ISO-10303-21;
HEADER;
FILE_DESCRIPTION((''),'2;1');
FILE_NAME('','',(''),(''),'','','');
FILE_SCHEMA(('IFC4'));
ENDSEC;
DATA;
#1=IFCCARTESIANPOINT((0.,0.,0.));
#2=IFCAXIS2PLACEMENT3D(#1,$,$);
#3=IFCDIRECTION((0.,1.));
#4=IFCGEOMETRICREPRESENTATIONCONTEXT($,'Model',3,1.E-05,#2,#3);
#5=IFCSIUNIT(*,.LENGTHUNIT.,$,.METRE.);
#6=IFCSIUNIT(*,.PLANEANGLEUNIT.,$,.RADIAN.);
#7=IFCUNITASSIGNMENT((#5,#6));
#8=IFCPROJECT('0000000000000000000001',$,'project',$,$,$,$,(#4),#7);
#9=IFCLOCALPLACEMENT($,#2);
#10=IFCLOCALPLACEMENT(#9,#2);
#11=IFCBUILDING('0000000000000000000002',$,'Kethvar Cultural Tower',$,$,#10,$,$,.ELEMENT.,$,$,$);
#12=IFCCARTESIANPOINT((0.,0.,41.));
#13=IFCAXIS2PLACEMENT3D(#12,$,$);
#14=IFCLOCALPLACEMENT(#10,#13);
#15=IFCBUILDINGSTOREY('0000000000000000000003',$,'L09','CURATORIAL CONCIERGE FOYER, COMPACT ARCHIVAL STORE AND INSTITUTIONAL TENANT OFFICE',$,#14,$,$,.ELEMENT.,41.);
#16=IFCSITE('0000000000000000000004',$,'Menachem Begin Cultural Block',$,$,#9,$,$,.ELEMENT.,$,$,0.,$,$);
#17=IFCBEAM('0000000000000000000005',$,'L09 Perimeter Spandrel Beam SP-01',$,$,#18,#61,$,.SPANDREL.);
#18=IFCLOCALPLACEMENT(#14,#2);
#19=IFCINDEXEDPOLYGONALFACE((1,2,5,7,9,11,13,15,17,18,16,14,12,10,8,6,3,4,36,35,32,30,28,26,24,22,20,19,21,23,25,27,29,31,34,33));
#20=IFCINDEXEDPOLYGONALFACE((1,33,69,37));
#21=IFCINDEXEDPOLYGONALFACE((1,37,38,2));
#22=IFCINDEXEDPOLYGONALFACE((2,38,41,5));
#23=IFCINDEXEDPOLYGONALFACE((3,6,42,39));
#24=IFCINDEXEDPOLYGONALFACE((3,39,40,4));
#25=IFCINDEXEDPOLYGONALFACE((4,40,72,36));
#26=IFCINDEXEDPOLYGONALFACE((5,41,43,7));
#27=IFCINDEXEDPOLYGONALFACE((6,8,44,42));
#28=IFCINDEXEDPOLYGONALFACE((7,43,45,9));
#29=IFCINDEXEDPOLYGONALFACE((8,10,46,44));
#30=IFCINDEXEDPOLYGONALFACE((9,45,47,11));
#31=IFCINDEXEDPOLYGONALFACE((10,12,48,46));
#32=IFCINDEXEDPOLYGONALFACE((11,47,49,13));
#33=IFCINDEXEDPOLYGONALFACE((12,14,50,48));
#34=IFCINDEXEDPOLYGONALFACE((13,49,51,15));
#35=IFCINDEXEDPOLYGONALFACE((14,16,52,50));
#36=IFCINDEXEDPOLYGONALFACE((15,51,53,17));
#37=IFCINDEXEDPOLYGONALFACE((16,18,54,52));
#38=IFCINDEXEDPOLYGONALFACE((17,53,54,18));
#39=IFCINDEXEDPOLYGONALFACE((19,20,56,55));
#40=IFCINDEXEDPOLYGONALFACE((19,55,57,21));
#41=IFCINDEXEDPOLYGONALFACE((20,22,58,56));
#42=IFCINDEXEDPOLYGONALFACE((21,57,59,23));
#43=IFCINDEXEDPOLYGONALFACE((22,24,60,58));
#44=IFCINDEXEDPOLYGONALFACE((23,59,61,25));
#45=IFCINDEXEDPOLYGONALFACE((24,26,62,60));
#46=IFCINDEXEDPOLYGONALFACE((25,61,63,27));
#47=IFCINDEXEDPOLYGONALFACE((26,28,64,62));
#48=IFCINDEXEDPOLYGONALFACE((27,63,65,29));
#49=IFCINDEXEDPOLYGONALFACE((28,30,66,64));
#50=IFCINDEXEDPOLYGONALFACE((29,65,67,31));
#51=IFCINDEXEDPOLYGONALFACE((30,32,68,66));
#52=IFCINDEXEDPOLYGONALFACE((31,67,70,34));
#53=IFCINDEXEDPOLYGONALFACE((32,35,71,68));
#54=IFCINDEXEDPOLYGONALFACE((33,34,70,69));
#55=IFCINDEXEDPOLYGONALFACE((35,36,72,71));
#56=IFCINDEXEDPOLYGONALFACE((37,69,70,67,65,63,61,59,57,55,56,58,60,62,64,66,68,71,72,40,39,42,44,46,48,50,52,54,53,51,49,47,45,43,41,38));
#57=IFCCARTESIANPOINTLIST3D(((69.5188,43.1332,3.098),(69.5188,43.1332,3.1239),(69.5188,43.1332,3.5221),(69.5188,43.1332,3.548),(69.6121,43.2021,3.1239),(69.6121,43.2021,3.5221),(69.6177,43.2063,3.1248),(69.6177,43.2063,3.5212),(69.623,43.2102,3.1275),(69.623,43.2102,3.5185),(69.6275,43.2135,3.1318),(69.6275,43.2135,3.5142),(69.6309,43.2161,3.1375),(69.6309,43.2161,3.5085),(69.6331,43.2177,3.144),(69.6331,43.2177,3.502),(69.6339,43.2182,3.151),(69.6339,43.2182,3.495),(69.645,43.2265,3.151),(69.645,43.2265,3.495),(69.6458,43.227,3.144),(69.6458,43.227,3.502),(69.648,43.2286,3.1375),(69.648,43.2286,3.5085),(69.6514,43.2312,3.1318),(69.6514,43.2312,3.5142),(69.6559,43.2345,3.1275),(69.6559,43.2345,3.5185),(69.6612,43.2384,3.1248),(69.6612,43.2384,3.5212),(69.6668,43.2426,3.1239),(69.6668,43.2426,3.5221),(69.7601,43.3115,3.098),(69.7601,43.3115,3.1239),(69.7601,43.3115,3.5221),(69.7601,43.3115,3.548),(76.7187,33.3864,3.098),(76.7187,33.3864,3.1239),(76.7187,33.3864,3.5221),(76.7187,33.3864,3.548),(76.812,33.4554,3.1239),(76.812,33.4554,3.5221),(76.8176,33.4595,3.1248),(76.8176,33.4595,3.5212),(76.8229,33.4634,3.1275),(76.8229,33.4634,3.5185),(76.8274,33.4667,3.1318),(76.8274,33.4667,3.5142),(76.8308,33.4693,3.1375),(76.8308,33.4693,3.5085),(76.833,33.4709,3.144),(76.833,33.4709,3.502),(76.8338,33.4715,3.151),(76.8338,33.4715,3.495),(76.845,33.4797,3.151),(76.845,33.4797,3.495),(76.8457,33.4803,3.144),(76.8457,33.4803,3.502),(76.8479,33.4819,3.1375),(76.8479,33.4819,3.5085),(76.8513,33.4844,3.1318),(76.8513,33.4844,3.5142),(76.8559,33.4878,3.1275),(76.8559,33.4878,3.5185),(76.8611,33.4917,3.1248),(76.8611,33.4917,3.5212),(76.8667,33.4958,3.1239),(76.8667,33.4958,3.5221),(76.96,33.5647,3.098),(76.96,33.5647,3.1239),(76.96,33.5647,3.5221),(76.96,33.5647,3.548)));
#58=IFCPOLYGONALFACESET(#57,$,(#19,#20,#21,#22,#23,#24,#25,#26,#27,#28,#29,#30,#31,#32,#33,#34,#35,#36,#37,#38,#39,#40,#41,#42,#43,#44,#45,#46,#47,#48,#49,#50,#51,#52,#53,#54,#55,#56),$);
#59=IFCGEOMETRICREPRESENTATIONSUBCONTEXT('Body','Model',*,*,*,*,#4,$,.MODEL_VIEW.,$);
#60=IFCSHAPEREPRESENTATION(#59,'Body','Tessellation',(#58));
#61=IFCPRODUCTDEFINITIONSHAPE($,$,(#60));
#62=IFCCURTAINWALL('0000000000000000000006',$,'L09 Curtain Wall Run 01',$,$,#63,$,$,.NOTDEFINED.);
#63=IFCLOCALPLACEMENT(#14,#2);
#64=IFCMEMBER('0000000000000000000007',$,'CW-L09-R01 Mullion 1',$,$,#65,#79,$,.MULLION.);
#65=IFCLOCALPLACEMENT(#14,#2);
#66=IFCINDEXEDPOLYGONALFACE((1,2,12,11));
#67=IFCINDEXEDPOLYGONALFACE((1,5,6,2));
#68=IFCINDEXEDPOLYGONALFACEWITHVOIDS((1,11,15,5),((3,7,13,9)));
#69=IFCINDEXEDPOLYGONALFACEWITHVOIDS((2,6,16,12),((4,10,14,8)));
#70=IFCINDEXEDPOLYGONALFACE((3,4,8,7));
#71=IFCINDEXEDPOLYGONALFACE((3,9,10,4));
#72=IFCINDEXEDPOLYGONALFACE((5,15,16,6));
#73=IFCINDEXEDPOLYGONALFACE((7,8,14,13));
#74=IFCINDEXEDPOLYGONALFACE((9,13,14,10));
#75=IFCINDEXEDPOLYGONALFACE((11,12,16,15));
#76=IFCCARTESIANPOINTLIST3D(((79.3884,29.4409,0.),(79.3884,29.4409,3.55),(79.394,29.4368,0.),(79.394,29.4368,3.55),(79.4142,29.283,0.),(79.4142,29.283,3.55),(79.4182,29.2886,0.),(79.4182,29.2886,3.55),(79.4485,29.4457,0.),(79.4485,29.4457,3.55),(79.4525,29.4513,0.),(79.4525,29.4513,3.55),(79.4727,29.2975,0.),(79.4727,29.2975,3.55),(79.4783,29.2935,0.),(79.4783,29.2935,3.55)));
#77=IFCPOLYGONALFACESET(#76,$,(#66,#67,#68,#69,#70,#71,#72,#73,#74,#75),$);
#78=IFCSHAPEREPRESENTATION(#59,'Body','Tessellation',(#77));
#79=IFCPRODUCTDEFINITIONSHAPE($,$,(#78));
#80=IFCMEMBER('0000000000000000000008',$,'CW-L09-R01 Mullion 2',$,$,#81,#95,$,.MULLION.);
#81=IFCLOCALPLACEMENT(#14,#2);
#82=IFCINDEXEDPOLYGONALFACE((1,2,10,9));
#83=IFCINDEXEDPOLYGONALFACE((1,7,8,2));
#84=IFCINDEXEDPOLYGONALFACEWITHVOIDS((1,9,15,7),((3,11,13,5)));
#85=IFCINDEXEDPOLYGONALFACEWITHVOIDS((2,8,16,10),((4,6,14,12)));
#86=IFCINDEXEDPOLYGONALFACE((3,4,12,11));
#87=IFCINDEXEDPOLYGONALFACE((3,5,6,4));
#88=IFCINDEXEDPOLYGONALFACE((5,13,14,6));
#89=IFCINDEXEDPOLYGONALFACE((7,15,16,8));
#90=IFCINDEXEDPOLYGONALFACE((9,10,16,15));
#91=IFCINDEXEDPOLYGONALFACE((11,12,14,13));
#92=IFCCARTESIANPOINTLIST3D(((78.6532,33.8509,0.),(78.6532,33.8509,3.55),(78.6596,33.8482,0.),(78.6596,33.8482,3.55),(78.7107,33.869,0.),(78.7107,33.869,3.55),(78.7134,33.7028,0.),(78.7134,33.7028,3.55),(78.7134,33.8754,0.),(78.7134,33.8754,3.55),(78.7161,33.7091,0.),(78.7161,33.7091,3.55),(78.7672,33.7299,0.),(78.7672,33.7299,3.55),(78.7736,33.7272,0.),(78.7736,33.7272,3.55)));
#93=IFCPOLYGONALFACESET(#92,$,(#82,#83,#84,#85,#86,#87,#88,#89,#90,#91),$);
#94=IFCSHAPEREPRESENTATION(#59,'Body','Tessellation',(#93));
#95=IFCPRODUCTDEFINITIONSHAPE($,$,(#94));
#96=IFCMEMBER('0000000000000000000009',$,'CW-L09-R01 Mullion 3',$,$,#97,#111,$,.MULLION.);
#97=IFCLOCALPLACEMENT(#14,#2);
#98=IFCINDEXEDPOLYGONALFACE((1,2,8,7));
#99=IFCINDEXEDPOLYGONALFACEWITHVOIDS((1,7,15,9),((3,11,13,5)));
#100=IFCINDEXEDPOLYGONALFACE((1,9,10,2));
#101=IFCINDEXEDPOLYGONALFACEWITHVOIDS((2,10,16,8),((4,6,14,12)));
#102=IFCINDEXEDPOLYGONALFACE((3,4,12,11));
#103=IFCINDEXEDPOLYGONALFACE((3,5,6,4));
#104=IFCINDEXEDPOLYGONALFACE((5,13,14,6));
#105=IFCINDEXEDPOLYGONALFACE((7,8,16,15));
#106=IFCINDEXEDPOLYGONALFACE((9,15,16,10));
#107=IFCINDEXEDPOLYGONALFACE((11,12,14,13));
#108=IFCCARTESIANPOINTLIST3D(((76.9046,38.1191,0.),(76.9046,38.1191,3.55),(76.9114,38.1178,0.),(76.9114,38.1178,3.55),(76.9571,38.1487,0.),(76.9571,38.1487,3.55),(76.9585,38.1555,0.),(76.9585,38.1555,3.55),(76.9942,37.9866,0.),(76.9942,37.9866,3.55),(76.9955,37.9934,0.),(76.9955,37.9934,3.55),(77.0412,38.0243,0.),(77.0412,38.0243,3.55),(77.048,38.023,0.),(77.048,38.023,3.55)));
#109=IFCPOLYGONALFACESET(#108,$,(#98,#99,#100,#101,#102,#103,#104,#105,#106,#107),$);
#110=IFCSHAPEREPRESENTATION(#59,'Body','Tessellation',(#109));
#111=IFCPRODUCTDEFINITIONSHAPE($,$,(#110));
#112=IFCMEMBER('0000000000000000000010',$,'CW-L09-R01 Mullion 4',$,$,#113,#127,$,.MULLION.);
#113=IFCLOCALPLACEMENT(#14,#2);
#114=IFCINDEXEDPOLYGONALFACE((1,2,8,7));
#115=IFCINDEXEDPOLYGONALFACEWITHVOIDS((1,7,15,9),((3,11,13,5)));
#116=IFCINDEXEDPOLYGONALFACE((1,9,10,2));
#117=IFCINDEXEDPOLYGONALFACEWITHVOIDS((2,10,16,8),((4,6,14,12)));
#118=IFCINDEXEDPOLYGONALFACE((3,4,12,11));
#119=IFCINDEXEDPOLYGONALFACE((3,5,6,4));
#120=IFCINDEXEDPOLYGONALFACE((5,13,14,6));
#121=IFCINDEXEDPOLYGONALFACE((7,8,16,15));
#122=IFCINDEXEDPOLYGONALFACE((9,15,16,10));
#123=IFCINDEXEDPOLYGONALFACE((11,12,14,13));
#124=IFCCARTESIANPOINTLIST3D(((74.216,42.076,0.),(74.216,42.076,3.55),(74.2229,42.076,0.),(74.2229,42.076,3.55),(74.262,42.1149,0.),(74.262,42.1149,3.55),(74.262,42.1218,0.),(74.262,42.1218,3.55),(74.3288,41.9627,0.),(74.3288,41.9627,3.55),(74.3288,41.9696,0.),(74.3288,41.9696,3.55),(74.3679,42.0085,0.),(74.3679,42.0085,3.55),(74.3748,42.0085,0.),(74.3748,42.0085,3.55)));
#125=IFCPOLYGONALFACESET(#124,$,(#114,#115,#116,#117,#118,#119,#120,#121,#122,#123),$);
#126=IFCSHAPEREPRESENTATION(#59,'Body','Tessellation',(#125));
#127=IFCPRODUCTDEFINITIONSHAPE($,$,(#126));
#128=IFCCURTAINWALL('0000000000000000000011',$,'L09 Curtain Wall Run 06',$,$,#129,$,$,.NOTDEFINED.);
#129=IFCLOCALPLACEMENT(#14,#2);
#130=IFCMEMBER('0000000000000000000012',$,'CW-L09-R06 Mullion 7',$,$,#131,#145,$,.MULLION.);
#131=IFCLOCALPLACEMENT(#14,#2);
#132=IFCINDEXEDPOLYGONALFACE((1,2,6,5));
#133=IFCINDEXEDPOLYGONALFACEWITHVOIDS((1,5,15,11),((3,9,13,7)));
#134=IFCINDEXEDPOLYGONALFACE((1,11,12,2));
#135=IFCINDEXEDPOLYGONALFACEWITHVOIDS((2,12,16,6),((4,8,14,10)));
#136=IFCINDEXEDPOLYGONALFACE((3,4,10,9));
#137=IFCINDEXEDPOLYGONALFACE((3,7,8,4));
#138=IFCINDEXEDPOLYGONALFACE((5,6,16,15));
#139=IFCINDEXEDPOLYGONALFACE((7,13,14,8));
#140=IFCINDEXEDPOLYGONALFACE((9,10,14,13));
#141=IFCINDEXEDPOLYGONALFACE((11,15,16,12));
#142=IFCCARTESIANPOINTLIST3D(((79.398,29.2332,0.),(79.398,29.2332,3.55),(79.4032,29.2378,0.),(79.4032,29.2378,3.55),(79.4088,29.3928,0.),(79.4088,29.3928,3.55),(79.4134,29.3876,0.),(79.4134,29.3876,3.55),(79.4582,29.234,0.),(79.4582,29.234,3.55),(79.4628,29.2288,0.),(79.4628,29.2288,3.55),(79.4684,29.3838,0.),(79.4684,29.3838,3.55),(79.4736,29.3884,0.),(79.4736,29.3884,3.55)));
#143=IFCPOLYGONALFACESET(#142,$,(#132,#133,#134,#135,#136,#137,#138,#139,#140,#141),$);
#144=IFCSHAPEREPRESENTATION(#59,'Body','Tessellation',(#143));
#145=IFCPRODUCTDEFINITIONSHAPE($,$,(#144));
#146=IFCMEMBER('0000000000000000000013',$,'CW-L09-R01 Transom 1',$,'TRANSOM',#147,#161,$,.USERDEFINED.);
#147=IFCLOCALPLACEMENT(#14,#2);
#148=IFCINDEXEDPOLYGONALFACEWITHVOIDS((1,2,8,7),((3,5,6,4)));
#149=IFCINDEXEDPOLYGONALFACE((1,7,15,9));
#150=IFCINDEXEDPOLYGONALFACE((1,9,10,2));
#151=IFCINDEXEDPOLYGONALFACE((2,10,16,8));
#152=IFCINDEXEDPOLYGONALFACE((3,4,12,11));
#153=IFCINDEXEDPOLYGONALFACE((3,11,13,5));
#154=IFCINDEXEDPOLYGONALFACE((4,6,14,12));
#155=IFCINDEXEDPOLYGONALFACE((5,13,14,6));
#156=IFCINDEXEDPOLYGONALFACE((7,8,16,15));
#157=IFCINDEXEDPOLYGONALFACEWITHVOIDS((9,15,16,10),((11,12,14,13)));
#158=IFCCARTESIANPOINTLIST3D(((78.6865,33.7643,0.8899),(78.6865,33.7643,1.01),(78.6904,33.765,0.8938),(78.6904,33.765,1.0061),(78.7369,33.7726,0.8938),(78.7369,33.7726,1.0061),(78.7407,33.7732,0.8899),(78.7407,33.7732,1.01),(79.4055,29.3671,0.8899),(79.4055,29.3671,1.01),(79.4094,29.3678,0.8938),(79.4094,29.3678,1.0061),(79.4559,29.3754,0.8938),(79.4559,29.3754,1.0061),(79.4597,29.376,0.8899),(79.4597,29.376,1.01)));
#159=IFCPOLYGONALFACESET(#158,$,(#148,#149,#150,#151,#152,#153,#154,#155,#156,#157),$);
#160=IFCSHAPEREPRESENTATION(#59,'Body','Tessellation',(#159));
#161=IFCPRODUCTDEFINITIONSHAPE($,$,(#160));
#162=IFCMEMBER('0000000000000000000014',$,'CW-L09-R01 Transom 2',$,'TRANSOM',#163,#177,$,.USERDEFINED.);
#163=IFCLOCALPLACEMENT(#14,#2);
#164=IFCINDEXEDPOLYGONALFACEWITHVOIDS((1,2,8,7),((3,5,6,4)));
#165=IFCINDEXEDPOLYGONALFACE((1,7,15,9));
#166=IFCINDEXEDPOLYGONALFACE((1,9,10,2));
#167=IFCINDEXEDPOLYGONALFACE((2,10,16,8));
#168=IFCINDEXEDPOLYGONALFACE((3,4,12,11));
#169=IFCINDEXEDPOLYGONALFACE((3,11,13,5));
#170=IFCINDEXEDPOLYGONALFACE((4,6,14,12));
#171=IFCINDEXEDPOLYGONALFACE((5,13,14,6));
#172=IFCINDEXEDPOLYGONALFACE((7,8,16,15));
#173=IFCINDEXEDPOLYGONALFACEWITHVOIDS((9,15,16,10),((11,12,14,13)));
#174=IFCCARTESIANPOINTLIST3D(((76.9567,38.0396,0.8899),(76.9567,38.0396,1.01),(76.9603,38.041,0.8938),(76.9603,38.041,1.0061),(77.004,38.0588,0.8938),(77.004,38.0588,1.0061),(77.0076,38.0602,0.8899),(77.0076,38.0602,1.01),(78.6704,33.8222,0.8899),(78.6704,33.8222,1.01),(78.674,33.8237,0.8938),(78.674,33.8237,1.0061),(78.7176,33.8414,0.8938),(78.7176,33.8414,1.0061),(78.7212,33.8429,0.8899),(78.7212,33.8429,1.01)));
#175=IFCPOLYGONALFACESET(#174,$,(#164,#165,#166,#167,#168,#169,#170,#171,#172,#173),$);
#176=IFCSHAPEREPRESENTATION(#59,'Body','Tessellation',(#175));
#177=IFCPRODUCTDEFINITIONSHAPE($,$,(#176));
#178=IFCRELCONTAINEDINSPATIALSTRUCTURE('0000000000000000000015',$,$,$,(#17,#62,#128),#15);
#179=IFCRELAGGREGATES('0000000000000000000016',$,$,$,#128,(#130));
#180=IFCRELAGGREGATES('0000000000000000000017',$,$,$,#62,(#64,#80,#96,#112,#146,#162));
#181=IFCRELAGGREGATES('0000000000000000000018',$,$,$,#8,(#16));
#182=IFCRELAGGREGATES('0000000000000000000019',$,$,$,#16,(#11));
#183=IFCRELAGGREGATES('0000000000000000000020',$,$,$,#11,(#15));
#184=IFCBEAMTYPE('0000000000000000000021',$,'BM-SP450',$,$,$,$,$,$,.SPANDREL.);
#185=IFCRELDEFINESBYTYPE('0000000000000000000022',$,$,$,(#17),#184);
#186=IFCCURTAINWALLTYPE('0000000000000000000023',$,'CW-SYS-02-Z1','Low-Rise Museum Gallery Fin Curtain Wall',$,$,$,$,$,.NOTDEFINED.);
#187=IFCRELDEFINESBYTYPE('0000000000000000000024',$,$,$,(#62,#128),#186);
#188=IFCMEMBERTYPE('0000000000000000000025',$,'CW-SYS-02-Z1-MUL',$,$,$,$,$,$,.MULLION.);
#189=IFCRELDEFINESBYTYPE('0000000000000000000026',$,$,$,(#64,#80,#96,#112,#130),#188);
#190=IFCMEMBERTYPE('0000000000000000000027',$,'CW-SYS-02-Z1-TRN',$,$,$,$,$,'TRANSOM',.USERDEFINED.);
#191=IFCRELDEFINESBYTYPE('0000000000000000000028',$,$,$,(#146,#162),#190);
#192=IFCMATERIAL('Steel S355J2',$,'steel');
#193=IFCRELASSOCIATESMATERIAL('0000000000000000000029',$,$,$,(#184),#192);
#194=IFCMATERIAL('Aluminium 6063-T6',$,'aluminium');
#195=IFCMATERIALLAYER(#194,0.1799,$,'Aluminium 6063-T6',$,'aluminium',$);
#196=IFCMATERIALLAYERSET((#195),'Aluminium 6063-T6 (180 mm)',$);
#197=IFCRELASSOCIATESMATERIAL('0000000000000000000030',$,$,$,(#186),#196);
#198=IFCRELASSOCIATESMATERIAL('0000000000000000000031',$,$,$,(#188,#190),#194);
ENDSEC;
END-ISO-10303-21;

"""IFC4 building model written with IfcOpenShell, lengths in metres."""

from ifc_helpers import new_model, si_unit, direction, frame, origin, origin_2d, place, context, subcontext, project, spatial, hollow_rectangle, i_section, extrude, source, transform, mapped, material, layer, layer_set, material_profile, profile_set, type_object, element, aggregate, save


model = new_model("IFC4")

# Units and contexts
model_context = context("Model", 3, precision=1e-05, world=origin(), true_north=direction((0.0, 1.0)))
body_context = subcontext(model_context, "Body", "Model", "MODEL_VIEW")
ifc_project = project(units=[si_unit("LENGTHUNIT", "METRE"), si_unit("PLANEANGLEUNIT", "RADIAN")], contexts=[model_context])

# Site, building, storey
site_placement = place(None, origin())
site = spatial("IfcSite", under=ifc_project, at=site_placement, Name="Menachem Begin Cultural Block", CompositionType="ELEMENT", RefElevation=0.0)
building_placement = place(site_placement, origin())
building = spatial("IfcBuilding", under=site, at=building_placement, Name="Kethvar Cultural Tower", CompositionType="ELEMENT")
storey_placement = place(building_placement, frame((0.0, 0.0, 41.0)))
storey = spatial("IfcBuildingStorey", under=building, at=storey_placement, Name="L09", Description="CURATORIAL CONCIERGE FOYER, COMPACT ARCHIVAL STORE AND INSTITUTIONAL TENANT OFFICE", CompositionType="ELEMENT", Elevation=41.0)

# Beam
ifc_material_1 = material(Name="Steel S355J2", Category="steel")
ifc_material_profile_1 = material_profile(ifc_material_1, i_section(OverallWidth=0.3, OverallDepth=0.45, WebThickness=0.0139, FlangeThickness=0.0259, FilletRadius=0.0271, at=origin_2d()), Name="Steel S355J2 — HEB450")
ifc_profile_set_1 = profile_set([ifc_material_profile_1], Name="Steel S355J2 — HEB450")
beam_type_1 = type_object("IfcBeamType", Name="BM-SP450", PredefinedType="SPANDREL", material=ifc_profile_set_1)
shared_shape_1 = source(origin(), body_context, "Body", "SweptSolid", [
    extrude(i_section(OverallWidth=0.3, OverallDepth=0.45, WebThickness=0.0139, FlangeThickness=0.0259, FilletRadius=0.0271, at=origin_2d()), origin(), (0.0, 0.0, 1.0), 12.1177),
])
beam_1_placement = place(storey_placement, frame((76.8394, 33.4756, 3.323), z_axis=(-0.594166, 0.804343, 0.0), x_axis=(-0.804343, -0.594166, 0.0)))
element("IfcBeam", 1, at=beam_1_placement, inside=storey, type_object=beam_type_1, Name="L09 Perimeter Spandrel Beam SP-01", PredefinedType="SPANDREL", context=body_context, shape_type="MappedRepresentation", body=[
    mapped(shared_shape_1, transform((0.0, 0.0, 0.0), scale=1.0)),
])

# Curtain wall, members
ifc_material_2 = material(Name="Aluminium 6063-T6", Category="aluminium")
ifc_layer_1 = layer(ifc_material_2, 0.1799, Name="Aluminium 6063-T6", Category="aluminium")
ifc_layer_set_1 = layer_set([ifc_layer_1], Name="Aluminium 6063-T6 (180 mm)")
curtain_wall_type = type_object("IfcCurtainWallType", Name="CW-SYS-02-Z1", Description="Low-Rise Museum Gallery Fin Curtain Wall", PredefinedType="NOTDEFINED", material=ifc_layer_set_1)
curtain_wall_1_placement = place(storey_placement, origin())
curtain_wall_1 = element("IfcCurtainWall", 2, at=curtain_wall_1_placement, inside=storey, type_object=curtain_wall_type, Name="L09 Curtain Wall Run 01", PredefinedType="NOTDEFINED")
ifc_material_profile_2 = material_profile(ifc_material_2, hollow_rectangle(XDim=0.0649, YDim=0.1599, WallThickness=0.0049, at=origin_2d()), Name="Aluminium 6063-T6 — RHS160x65x5")
ifc_profile_set_2 = profile_set([ifc_material_profile_2], Name="Aluminium 6063-T6 — RHS160x65x5")
member_type_1 = type_object("IfcMemberType", Name="CW-SYS-02-Z1-MUL", PredefinedType="MULLION", material=ifc_profile_set_2)
shared_shape_2 = source(origin(), body_context, "Body", "SweptSolid", [
    extrude(hollow_rectangle(XDim=0.0649, YDim=0.1599, WallThickness=0.0049, at=origin_2d()), origin(), (0.0, 0.0, 1.0), 3.55),
])
member_1_placement = place(storey_placement, frame((79.4333, 29.3672, 0.0), z_axis=(0.0, 0.0, 1.0), x_axis=(-0.986895, -0.161363, 0.0)))
member_1 = element("IfcMember", 3, at=member_1_placement, type_object=member_type_1, Name="CW-L09-R01 Mullion 1", PredefinedType="MULLION", context=body_context, shape_type="MappedRepresentation", body=[
    mapped(shared_shape_2, transform((0.0, 0.0, 0.0), scale=1.0)),
])
member_2_placement = place(storey_placement, frame((78.7134, 33.7891, 0.0), z_axis=(0.0, 0.0, 1.0), x_axis=(-0.926456, -0.376402, 0.0)))
member_2 = element("IfcMember", 4, at=member_2_placement, type_object=member_type_1, Name="CW-L09-R01 Mullion 2", PredefinedType="MULLION", context=body_context, shape_type="MappedRepresentation", body=[
    mapped(shared_shape_2, transform((0.0, 0.0, 0.0), scale=1.0)),
])
member_3_placement = place(storey_placement, frame((76.9763, 38.071, 0.0), z_axis=(0.0, 0.0, 1.0), x_axis=(-0.828569, -0.559887, 0.0)))
member_3 = element("IfcMember", 5, at=member_3_placement, type_object=member_type_1, Name="CW-L09-R01 Mullion 3", PredefinedType="MULLION", context=body_context, shape_type="MappedRepresentation", body=[
    mapped(shared_shape_2, transform((0.0, 0.0, 0.0), scale=1.0)),
])
member_4_placement = place(storey_placement, frame((74.2954, 42.0422, 0.0), z_axis=(0.0, 0.0, 1.0), x_axis=(-0.708537, -0.705674, 0.0)))
member_4 = element("IfcMember", 6, at=member_4_placement, type_object=member_type_1, Name="CW-L09-R01 Mullion 4", PredefinedType="MULLION", context=body_context, shape_type="MappedRepresentation", body=[
    mapped(shared_shape_2, transform((0.0, 0.0, 0.0), scale=1.0)),
])

# Curtain wall, member
curtain_wall_2_placement = place(storey_placement, origin())
curtain_wall_2 = element("IfcCurtainWall", 7, at=curtain_wall_2_placement, inside=storey, type_object=curtain_wall_type, Name="L09 Curtain Wall Run 06", PredefinedType="NOTDEFINED")
member_5_placement = place(storey_placement, frame((79.4358, 29.3108, 0.0), z_axis=(0.0, 0.0, 1.0), x_axis=(-0.997702, 0.067754, 0.0)))
member_5 = element("IfcMember", 8, at=member_5_placement, type_object=member_type_1, Name="CW-L09-R06 Mullion 7", PredefinedType="MULLION", context=body_context, shape_type="MappedRepresentation", body=[
    mapped(shared_shape_2, transform((0.0, 0.0, 0.0), scale=1.0)),
])
aggregate(curtain_wall_2, [member_5])

# Members
ifc_material_profile_3 = material_profile(ifc_material_2, hollow_rectangle(XDim=0.0549, YDim=0.1201, WallThickness=0.0039, at=origin_2d()), Name="Aluminium 6063-T6 — RHS120x55x4")
ifc_profile_set_3 = profile_set([ifc_material_profile_3], Name="Aluminium 6063-T6 — RHS120x55x4")
member_type_2 = type_object("IfcMemberType", Name="CW-SYS-02-Z1-TRN", ElementType="TRANSOM", PredefinedType="USERDEFINED", material=ifc_profile_set_3)
shared_shape_3 = source(origin(), body_context, "Body", "SweptSolid", [
    extrude(hollow_rectangle(XDim=0.0549, YDim=0.1201, WallThickness=0.0039, at=origin_2d()), origin(), (0.0, 0.0, 1.0), 4.4556),
])
member_6_placement = place(storey_placement, frame((79.4326, 29.3716, 0.95), z_axis=(-0.161368, 0.986894, 0.0), x_axis=(-0.986894, -0.161368, 0.0)))
member_6 = element("IfcMember", 9, at=member_6_placement, type_object=member_type_2, Name="CW-L09-R01 Transom 1", ObjectType="TRANSOM", PredefinedType="USERDEFINED", context=body_context, shape_type="MappedRepresentation", body=[
    mapped(shared_shape_3, transform((0.0, 0.0, 0.0), scale=1.0)),
])
shared_shape_4 = source(origin(), body_context, "Body", "SweptSolid", [
    extrude(hollow_rectangle(XDim=0.0549, YDim=0.1201, WallThickness=0.0039, at=origin_2d()), origin(), (0.0, 0.0, 1.0), 4.5522),
])
member_7_placement = place(storey_placement, frame((78.6958, 33.8325, 0.95), z_axis=(-0.376443, 0.92644, 0.0), x_axis=(-0.92644, -0.376443, 0.0)))
member_7 = element("IfcMember", 10, at=member_7_placement, type_object=member_type_2, Name="CW-L09-R01 Transom 2", ObjectType="TRANSOM", PredefinedType="USERDEFINED", context=body_context, shape_type="MappedRepresentation", body=[
    mapped(shared_shape_4, transform((0.0, 0.0, 0.0), scale=1.0)),
])

aggregate(curtain_wall_1, [member_1, member_2, member_3, member_4, member_6, member_7])

save(model, "model.ifc")
